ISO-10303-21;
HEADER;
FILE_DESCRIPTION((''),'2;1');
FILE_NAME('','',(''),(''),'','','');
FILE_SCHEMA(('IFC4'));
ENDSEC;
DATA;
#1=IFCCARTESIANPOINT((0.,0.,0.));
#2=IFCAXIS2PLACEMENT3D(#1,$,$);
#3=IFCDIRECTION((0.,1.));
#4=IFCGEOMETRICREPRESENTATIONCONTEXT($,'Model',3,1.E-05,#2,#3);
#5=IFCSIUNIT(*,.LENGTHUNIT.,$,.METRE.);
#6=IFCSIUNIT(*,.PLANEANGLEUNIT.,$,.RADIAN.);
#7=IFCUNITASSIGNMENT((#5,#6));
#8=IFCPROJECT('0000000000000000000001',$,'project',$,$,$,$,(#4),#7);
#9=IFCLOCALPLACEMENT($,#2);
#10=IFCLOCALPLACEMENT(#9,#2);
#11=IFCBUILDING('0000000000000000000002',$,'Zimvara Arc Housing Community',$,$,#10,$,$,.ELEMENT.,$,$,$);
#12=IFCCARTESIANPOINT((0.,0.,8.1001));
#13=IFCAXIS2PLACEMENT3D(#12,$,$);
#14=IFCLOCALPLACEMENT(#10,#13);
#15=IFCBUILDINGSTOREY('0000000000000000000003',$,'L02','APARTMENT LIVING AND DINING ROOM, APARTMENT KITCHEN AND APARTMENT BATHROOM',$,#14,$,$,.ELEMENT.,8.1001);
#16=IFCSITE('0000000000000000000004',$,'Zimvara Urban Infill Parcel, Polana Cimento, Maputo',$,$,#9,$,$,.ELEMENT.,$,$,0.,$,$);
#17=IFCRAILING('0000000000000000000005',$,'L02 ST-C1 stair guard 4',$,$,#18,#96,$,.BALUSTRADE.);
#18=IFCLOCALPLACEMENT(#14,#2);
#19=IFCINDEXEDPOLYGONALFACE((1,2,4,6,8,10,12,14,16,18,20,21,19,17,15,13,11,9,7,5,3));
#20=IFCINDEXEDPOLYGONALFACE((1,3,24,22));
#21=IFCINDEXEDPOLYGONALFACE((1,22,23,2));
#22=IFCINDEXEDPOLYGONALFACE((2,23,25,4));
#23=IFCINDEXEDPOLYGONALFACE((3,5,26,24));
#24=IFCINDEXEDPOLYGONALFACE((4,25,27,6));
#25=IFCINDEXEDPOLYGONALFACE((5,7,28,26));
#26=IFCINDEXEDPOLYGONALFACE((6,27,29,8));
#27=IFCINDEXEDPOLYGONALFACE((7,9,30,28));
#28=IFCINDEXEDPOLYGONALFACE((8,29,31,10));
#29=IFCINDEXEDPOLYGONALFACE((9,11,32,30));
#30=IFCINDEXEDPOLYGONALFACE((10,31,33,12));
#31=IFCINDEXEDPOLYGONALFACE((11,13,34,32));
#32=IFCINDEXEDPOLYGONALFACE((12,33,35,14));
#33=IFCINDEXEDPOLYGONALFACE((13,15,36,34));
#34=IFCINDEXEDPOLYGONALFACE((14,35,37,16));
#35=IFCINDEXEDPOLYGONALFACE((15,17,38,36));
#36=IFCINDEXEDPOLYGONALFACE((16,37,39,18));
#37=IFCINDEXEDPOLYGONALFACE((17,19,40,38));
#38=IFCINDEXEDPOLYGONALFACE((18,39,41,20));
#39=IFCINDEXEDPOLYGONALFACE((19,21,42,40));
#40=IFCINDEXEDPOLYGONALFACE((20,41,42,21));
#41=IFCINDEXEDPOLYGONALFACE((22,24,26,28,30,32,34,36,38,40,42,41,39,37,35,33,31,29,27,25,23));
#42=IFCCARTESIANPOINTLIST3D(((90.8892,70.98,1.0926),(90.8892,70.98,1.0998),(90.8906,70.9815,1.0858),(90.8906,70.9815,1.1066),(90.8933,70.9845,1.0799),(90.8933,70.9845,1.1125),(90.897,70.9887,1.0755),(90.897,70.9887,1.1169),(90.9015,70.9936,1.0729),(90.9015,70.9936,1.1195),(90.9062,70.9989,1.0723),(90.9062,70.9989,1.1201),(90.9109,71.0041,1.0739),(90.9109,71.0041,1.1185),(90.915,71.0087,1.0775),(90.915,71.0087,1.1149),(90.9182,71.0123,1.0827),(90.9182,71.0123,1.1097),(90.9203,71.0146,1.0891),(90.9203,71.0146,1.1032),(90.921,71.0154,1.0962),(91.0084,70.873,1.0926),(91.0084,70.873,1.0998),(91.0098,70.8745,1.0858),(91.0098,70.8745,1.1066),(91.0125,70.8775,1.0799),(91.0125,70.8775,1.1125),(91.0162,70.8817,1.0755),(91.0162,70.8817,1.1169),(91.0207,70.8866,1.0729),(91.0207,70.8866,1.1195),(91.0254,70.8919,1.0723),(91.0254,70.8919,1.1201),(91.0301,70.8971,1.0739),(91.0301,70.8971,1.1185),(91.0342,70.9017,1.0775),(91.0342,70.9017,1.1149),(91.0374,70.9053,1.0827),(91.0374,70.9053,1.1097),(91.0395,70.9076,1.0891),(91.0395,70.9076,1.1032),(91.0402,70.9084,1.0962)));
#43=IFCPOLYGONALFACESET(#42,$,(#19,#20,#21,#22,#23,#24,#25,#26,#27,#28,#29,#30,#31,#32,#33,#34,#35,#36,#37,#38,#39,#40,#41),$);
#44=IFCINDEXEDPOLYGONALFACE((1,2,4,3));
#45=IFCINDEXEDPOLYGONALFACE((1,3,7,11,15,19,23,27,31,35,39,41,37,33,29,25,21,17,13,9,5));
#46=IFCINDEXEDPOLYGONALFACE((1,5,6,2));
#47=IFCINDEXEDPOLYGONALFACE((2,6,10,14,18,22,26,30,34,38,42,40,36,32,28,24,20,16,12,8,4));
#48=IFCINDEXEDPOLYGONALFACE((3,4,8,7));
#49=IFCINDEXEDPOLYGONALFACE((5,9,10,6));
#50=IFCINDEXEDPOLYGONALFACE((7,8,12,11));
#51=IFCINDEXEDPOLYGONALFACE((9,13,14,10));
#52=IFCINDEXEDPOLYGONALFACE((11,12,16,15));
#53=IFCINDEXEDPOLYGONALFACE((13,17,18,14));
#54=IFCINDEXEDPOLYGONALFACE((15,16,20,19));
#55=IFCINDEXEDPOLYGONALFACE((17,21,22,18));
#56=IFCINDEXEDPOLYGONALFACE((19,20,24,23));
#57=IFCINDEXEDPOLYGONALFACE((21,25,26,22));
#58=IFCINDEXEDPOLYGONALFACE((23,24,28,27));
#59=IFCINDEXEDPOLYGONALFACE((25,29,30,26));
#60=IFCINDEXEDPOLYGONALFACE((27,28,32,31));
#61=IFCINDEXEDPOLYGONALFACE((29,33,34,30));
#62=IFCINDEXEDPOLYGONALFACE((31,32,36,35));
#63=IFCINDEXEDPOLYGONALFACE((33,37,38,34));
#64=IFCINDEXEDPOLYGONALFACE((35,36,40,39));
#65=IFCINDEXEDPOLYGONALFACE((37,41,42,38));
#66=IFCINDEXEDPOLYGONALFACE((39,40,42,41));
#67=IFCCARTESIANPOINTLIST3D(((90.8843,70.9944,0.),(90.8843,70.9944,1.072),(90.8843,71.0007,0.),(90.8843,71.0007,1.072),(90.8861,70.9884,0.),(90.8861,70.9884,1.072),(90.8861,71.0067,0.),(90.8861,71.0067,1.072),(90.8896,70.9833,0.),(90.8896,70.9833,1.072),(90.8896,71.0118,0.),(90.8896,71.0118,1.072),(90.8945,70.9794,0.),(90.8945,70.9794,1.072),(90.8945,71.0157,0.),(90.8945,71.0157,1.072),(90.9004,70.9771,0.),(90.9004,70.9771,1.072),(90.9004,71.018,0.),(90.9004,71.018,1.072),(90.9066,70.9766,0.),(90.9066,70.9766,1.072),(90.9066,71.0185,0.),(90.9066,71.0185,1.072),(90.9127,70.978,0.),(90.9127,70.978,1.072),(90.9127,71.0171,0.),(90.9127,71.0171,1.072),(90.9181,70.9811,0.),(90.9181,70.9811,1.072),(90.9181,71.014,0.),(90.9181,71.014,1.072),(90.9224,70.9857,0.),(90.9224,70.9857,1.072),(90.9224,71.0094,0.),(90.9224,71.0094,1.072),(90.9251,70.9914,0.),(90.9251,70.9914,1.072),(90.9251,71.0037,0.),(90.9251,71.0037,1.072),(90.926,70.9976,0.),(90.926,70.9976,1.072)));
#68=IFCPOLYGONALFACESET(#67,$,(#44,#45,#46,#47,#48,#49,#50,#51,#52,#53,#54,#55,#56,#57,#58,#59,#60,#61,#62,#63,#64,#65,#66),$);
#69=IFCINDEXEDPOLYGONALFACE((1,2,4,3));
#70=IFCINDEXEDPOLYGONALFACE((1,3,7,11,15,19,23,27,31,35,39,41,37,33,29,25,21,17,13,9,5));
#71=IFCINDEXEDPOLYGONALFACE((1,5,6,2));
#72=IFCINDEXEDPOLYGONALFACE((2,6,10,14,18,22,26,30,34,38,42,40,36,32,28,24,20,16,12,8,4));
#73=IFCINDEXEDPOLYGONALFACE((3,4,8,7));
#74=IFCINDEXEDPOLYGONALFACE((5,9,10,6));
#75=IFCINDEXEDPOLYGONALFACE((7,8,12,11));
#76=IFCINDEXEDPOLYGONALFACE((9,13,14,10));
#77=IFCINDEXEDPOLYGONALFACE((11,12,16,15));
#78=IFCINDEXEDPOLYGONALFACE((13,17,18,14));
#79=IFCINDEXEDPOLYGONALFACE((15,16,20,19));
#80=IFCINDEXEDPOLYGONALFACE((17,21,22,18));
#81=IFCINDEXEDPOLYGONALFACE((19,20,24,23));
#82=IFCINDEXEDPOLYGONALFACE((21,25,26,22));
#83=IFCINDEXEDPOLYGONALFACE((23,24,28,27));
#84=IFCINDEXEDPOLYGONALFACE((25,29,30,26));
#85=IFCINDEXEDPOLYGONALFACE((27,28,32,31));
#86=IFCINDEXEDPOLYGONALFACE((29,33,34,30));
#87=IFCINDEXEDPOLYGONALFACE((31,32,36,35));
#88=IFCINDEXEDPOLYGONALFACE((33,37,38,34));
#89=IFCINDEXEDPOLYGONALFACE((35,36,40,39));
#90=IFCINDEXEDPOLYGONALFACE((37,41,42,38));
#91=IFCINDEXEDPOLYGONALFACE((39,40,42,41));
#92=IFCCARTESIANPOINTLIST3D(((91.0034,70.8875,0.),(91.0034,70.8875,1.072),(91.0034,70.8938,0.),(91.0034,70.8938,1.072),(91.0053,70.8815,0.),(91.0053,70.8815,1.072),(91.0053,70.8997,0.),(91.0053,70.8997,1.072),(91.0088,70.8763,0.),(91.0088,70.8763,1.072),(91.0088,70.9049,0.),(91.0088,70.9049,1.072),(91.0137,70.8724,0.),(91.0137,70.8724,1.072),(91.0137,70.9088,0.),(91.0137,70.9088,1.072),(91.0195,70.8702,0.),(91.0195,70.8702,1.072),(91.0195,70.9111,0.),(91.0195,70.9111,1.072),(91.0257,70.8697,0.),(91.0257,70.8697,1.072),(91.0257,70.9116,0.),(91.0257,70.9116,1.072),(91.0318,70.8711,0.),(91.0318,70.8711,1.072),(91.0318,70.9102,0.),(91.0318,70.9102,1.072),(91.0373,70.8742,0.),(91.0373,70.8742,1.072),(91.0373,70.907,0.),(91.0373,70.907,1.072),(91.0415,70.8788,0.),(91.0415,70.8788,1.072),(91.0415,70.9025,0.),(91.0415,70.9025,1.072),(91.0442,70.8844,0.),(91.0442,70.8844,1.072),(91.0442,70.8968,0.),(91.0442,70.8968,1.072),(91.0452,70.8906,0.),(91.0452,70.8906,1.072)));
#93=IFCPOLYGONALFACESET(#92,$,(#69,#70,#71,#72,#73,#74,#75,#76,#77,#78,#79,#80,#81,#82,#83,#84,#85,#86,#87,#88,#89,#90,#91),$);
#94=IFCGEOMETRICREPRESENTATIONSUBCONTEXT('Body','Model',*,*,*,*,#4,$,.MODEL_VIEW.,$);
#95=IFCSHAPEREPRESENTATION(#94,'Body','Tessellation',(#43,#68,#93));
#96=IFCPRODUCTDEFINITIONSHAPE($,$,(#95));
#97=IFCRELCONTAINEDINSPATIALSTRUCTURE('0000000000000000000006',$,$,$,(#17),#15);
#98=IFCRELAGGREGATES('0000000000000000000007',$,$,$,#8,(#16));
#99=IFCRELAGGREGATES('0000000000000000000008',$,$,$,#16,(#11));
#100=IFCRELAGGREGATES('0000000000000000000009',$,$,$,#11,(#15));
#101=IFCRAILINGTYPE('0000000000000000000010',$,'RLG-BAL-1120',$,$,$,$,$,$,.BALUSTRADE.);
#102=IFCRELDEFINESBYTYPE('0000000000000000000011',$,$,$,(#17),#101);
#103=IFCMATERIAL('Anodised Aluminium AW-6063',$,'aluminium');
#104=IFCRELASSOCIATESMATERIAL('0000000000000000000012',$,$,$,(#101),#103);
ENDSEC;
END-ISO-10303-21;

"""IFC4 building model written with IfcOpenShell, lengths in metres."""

from ifc_helpers import new_model, si_unit, direction, frame, origin, origin_2d, place, context, subcontext, project, spatial, circle, extrude, material, type_object, element, save


model = new_model("IFC4")

# Units and contexts
model_context = context("Model", 3, precision=1e-05, world=origin(), true_north=direction((0.0, 1.0)))
body_context = subcontext(model_context, "Body", "Model", "MODEL_VIEW")
ifc_project = project(units=[si_unit("LENGTHUNIT", "METRE"), si_unit("PLANEANGLEUNIT", "RADIAN")], contexts=[model_context])

# Site, building, storey
site_placement = place(None, origin())
site = spatial("IfcSite", under=ifc_project, at=site_placement, Name="Zimvara Urban Infill Parcel, Polana Cimento, Maputo", CompositionType="ELEMENT", RefElevation=0.0)
building_placement = place(site_placement, origin())
building = spatial("IfcBuilding", under=site, at=building_placement, Name="Zimvara Arc Housing Community", CompositionType="ELEMENT")
storey_placement = place(building_placement, frame((0.0, 0.0, 8.1001)))
storey = spatial("IfcBuildingStorey", under=building, at=storey_placement, Name="L02", Description="APARTMENT LIVING AND DINING ROOM, APARTMENT KITCHEN AND APARTMENT BATHROOM", CompositionType="ELEMENT", Elevation=8.1001)

# Railing
ifc_material_1 = material(Name="Anodised Aluminium AW-6063", Category="aluminium")
railing_type_1 = type_object("IfcRailingType", Name="RLG-BAL-1120", PredefinedType="BALUSTRADE", material=ifc_material_1)
railing_1_placement = place(storey_placement, frame((90.905, 70.9976, 0.0)))
element("IfcRailing", 1, at=railing_1_placement, inside=storey, type_object=railing_type_1, Name="L02 ST-C1 stair guard 4", PredefinedType="BALUSTRADE", context=body_context, shape_type="SweptSolid", body=[
    extrude(circle(Radius=0.0239, at=origin_2d()), frame((0.0, 0.0, 1.0962), z_axis=(0.744203, -0.667953, 0.0), x_axis=(0.667953, 0.744203, 0.0)), (0.0, 0.0, 1.0), 0.1602),
    extrude(circle(Radius=0.021, at=origin_2d()), origin(), (0.0, 0.0, 1.0), 1.072),
    extrude(circle(Radius=0.021, at=origin_2d()), frame((0.1191, -0.1069, 0.0)), (0.0, 0.0, 1.0), 1.072),
])

save(model, "model.ifc")
